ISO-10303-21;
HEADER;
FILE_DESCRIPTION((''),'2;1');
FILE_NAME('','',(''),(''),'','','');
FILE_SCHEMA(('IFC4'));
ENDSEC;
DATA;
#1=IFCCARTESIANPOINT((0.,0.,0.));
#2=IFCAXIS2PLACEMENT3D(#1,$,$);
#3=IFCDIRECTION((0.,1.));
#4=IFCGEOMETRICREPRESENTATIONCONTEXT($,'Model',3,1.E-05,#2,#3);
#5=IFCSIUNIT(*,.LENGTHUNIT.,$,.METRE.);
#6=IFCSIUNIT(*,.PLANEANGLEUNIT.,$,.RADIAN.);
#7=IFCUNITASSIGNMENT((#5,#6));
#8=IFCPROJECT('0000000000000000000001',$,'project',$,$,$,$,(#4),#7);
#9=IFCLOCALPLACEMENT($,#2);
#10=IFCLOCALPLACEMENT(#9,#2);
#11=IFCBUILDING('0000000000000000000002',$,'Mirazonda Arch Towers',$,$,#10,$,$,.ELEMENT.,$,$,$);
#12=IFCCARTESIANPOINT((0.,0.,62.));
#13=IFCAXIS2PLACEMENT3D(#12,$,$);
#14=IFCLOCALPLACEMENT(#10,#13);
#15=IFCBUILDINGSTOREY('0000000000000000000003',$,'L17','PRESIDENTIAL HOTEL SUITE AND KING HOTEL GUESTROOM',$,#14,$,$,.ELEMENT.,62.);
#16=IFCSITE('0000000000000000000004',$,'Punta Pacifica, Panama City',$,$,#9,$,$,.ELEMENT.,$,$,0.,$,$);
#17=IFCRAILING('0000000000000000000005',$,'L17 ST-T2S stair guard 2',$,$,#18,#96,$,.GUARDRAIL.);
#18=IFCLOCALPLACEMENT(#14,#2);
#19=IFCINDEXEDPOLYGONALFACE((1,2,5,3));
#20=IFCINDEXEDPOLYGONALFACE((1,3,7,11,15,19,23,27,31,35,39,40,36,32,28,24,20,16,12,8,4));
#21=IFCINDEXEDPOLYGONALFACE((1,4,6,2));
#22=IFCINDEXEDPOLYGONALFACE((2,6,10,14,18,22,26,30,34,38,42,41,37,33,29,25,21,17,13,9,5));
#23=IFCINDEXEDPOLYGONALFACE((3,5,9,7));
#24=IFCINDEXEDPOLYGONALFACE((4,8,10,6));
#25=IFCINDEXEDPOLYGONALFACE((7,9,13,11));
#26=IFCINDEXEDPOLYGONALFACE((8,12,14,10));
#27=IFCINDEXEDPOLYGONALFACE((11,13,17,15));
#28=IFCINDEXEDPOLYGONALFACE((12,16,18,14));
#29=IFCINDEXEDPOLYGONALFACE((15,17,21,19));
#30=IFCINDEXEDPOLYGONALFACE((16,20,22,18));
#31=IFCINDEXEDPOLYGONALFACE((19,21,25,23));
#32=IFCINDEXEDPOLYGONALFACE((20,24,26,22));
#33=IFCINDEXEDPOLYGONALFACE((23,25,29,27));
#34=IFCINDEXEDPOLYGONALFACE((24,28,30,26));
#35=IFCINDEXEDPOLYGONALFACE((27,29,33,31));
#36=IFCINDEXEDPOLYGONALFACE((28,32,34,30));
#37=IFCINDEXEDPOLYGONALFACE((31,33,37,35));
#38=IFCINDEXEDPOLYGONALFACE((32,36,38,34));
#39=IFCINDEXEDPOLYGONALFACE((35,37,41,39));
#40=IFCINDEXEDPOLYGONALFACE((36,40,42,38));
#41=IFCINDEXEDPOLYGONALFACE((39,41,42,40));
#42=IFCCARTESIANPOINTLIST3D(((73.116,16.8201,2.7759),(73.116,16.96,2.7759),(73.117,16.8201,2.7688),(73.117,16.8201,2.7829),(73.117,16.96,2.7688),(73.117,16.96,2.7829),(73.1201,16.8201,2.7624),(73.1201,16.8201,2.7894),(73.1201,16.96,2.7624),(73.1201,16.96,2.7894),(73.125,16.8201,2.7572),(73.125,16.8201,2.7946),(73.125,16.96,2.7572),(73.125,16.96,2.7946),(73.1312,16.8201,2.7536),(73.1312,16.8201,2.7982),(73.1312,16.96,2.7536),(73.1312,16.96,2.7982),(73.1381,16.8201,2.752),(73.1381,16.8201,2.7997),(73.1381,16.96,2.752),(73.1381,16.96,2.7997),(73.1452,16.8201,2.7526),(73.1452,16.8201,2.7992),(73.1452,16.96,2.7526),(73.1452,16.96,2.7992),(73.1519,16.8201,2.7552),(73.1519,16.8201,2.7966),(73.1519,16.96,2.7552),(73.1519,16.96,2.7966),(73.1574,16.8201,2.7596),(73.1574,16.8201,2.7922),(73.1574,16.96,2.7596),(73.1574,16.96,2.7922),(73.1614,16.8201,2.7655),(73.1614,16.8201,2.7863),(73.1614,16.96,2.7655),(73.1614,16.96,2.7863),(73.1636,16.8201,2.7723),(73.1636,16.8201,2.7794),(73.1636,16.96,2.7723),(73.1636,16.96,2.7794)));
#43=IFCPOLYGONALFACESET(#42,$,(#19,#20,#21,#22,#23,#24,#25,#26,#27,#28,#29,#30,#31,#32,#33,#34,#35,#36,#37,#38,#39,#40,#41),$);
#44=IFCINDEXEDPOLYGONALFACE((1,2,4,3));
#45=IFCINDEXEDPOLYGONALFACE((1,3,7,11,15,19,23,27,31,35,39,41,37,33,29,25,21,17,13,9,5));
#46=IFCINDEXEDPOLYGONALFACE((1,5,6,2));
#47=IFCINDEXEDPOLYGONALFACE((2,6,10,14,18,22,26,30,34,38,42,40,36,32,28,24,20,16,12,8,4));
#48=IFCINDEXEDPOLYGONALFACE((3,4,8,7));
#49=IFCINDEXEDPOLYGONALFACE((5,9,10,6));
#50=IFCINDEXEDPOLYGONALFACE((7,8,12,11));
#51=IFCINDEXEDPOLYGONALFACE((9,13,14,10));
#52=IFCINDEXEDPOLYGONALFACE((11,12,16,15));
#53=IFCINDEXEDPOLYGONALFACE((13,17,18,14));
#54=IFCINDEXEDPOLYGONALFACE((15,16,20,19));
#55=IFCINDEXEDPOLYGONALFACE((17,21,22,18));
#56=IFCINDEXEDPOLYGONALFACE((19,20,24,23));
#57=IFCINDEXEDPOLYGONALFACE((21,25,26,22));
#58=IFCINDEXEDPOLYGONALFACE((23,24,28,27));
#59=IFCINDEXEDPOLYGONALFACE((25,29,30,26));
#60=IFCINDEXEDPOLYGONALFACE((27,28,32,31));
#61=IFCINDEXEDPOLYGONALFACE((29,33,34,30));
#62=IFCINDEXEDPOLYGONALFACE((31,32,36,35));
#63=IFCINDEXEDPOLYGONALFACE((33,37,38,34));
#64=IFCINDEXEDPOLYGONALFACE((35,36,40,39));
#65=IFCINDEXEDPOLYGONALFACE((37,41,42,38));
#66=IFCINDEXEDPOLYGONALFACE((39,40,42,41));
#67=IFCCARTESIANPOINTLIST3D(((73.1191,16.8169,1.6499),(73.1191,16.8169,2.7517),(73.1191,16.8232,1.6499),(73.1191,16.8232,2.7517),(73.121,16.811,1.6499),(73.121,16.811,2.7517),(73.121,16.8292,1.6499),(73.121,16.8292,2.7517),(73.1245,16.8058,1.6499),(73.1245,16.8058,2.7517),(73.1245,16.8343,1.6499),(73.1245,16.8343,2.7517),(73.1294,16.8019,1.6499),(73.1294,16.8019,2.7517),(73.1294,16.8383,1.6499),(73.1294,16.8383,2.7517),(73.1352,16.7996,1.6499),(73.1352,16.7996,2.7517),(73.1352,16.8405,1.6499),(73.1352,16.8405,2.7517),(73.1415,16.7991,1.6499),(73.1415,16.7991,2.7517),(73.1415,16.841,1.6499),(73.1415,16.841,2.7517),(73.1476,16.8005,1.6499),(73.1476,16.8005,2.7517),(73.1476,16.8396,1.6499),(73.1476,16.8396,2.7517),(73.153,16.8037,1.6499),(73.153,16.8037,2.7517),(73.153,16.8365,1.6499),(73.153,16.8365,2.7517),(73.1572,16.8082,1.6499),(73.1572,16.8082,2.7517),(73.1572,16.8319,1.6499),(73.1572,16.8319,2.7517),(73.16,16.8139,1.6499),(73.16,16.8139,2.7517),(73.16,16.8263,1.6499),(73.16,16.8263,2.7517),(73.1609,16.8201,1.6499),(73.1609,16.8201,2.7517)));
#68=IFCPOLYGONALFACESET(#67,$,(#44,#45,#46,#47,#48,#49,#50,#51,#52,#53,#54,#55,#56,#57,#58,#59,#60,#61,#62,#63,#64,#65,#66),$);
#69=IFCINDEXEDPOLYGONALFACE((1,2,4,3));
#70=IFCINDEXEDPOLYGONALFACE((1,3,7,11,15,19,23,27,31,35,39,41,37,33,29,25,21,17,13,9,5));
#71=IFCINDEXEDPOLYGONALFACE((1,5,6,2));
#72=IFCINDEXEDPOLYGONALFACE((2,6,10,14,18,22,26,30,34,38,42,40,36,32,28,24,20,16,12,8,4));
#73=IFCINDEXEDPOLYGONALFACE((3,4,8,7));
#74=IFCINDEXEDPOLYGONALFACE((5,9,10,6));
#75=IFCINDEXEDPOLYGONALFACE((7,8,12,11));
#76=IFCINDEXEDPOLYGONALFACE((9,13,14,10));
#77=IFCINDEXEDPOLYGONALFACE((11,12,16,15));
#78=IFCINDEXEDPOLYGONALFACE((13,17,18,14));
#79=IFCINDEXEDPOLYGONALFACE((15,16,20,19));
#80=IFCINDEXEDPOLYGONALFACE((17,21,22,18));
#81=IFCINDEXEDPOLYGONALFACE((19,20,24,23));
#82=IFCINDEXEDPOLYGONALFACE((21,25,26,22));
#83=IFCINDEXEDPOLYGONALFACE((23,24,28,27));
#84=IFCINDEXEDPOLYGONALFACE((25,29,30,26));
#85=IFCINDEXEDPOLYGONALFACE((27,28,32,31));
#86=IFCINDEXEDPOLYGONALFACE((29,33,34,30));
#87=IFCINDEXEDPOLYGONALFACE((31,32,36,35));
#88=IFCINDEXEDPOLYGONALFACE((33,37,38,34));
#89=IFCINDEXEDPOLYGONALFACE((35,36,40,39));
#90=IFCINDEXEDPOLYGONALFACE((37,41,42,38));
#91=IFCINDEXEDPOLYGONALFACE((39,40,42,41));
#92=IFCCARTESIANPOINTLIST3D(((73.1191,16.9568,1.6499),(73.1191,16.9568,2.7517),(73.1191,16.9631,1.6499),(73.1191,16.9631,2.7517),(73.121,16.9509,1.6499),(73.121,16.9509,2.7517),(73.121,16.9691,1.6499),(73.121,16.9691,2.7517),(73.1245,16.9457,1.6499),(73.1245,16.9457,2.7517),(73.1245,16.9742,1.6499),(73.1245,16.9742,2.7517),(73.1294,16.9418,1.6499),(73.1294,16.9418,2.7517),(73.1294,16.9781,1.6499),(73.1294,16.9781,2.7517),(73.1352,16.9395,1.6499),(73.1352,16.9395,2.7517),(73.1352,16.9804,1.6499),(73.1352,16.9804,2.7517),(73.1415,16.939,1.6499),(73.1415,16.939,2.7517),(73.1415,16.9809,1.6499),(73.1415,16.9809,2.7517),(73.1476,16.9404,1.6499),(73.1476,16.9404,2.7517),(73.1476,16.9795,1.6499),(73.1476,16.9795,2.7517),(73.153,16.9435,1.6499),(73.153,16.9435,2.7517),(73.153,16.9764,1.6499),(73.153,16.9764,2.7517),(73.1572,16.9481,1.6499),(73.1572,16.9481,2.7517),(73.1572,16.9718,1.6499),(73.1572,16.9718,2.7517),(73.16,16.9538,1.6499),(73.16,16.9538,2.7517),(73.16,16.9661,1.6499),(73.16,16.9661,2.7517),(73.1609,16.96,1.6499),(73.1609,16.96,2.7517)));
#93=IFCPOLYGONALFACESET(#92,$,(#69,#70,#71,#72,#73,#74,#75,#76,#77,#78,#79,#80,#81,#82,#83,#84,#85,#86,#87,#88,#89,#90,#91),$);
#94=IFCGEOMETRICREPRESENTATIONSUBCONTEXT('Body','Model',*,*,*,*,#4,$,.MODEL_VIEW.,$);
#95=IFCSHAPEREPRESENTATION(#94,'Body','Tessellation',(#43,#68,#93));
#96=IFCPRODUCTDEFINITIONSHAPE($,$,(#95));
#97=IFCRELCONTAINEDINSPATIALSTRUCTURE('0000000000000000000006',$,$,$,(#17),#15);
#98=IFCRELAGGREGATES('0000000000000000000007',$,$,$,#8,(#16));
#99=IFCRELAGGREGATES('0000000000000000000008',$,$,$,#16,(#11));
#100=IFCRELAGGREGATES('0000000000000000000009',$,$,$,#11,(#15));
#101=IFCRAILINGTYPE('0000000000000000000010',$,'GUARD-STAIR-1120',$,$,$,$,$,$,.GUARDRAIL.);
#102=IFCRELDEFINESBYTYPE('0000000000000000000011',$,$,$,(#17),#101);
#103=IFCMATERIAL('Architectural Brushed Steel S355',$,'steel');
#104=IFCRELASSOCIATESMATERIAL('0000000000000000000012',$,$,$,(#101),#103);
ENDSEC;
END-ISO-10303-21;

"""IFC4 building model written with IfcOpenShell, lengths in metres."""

from ifc_helpers import new_model, si_unit, direction, frame, origin, origin_2d, place, context, subcontext, project, spatial, circle, extrude, material, type_object, element, save


model = new_model("IFC4")

# Units and contexts
model_context = context("Model", 3, precision=1e-05, world=origin(), true_north=direction((0.0, 1.0)))
body_context = subcontext(model_context, "Body", "Model", "MODEL_VIEW")
ifc_project = project(units=[si_unit("LENGTHUNIT", "METRE"), si_unit("PLANEANGLEUNIT", "RADIAN")], contexts=[model_context])

# Site, building, storey
site_placement = place(None, origin())
site = spatial("IfcSite", under=ifc_project, at=site_placement, Name="Punta Pacifica, Panama City", CompositionType="ELEMENT", RefElevation=0.0)
building_placement = place(site_placement, origin())
building = spatial("IfcBuilding", under=site, at=building_placement, Name="Mirazonda Arch Towers", CompositionType="ELEMENT")
storey_placement = place(building_placement, frame((0.0, 0.0, 62.0)))
storey = spatial("IfcBuildingStorey", under=building, at=storey_placement, Name="L17", Description="PRESIDENTIAL HOTEL SUITE AND KING HOTEL GUESTROOM", CompositionType="ELEMENT", Elevation=62.0)

# Railing
ifc_material_1 = material(Name="Architectural Brushed Steel S355", Category="steel")
railing_type_1 = type_object("IfcRailingType", Name="GUARD-STAIR-1120", PredefinedType="GUARDRAIL", material=ifc_material_1)
railing_1_placement = place(storey_placement, frame((73.1399, 16.8201, 1.6499)))
element("IfcRailing", 1, at=railing_1_placement, inside=storey, type_object=railing_type_1, Name="L17 ST-T2S stair guard 2", PredefinedType="GUARDRAIL", context=body_context, shape_type="SweptSolid", body=[
    extrude(circle(Radius=0.0239, at=origin_2d()), frame((0.0, 0.0, 1.126), z_axis=(0.0, 1.0, 0.0), x_axis=(-1.0, 0.0, 0.0)), (0.0, 0.0, 1.0), 0.1399),
    extrude(circle(Radius=0.021, at=origin_2d()), origin(), (0.0, 0.0, 1.0), 1.1018),
    extrude(circle(Radius=0.021, at=origin_2d()), frame((0.0, 0.1399, 0.0)), (0.0, 0.0, 1.0), 1.1018),
])

save(model, "model.ifc")
